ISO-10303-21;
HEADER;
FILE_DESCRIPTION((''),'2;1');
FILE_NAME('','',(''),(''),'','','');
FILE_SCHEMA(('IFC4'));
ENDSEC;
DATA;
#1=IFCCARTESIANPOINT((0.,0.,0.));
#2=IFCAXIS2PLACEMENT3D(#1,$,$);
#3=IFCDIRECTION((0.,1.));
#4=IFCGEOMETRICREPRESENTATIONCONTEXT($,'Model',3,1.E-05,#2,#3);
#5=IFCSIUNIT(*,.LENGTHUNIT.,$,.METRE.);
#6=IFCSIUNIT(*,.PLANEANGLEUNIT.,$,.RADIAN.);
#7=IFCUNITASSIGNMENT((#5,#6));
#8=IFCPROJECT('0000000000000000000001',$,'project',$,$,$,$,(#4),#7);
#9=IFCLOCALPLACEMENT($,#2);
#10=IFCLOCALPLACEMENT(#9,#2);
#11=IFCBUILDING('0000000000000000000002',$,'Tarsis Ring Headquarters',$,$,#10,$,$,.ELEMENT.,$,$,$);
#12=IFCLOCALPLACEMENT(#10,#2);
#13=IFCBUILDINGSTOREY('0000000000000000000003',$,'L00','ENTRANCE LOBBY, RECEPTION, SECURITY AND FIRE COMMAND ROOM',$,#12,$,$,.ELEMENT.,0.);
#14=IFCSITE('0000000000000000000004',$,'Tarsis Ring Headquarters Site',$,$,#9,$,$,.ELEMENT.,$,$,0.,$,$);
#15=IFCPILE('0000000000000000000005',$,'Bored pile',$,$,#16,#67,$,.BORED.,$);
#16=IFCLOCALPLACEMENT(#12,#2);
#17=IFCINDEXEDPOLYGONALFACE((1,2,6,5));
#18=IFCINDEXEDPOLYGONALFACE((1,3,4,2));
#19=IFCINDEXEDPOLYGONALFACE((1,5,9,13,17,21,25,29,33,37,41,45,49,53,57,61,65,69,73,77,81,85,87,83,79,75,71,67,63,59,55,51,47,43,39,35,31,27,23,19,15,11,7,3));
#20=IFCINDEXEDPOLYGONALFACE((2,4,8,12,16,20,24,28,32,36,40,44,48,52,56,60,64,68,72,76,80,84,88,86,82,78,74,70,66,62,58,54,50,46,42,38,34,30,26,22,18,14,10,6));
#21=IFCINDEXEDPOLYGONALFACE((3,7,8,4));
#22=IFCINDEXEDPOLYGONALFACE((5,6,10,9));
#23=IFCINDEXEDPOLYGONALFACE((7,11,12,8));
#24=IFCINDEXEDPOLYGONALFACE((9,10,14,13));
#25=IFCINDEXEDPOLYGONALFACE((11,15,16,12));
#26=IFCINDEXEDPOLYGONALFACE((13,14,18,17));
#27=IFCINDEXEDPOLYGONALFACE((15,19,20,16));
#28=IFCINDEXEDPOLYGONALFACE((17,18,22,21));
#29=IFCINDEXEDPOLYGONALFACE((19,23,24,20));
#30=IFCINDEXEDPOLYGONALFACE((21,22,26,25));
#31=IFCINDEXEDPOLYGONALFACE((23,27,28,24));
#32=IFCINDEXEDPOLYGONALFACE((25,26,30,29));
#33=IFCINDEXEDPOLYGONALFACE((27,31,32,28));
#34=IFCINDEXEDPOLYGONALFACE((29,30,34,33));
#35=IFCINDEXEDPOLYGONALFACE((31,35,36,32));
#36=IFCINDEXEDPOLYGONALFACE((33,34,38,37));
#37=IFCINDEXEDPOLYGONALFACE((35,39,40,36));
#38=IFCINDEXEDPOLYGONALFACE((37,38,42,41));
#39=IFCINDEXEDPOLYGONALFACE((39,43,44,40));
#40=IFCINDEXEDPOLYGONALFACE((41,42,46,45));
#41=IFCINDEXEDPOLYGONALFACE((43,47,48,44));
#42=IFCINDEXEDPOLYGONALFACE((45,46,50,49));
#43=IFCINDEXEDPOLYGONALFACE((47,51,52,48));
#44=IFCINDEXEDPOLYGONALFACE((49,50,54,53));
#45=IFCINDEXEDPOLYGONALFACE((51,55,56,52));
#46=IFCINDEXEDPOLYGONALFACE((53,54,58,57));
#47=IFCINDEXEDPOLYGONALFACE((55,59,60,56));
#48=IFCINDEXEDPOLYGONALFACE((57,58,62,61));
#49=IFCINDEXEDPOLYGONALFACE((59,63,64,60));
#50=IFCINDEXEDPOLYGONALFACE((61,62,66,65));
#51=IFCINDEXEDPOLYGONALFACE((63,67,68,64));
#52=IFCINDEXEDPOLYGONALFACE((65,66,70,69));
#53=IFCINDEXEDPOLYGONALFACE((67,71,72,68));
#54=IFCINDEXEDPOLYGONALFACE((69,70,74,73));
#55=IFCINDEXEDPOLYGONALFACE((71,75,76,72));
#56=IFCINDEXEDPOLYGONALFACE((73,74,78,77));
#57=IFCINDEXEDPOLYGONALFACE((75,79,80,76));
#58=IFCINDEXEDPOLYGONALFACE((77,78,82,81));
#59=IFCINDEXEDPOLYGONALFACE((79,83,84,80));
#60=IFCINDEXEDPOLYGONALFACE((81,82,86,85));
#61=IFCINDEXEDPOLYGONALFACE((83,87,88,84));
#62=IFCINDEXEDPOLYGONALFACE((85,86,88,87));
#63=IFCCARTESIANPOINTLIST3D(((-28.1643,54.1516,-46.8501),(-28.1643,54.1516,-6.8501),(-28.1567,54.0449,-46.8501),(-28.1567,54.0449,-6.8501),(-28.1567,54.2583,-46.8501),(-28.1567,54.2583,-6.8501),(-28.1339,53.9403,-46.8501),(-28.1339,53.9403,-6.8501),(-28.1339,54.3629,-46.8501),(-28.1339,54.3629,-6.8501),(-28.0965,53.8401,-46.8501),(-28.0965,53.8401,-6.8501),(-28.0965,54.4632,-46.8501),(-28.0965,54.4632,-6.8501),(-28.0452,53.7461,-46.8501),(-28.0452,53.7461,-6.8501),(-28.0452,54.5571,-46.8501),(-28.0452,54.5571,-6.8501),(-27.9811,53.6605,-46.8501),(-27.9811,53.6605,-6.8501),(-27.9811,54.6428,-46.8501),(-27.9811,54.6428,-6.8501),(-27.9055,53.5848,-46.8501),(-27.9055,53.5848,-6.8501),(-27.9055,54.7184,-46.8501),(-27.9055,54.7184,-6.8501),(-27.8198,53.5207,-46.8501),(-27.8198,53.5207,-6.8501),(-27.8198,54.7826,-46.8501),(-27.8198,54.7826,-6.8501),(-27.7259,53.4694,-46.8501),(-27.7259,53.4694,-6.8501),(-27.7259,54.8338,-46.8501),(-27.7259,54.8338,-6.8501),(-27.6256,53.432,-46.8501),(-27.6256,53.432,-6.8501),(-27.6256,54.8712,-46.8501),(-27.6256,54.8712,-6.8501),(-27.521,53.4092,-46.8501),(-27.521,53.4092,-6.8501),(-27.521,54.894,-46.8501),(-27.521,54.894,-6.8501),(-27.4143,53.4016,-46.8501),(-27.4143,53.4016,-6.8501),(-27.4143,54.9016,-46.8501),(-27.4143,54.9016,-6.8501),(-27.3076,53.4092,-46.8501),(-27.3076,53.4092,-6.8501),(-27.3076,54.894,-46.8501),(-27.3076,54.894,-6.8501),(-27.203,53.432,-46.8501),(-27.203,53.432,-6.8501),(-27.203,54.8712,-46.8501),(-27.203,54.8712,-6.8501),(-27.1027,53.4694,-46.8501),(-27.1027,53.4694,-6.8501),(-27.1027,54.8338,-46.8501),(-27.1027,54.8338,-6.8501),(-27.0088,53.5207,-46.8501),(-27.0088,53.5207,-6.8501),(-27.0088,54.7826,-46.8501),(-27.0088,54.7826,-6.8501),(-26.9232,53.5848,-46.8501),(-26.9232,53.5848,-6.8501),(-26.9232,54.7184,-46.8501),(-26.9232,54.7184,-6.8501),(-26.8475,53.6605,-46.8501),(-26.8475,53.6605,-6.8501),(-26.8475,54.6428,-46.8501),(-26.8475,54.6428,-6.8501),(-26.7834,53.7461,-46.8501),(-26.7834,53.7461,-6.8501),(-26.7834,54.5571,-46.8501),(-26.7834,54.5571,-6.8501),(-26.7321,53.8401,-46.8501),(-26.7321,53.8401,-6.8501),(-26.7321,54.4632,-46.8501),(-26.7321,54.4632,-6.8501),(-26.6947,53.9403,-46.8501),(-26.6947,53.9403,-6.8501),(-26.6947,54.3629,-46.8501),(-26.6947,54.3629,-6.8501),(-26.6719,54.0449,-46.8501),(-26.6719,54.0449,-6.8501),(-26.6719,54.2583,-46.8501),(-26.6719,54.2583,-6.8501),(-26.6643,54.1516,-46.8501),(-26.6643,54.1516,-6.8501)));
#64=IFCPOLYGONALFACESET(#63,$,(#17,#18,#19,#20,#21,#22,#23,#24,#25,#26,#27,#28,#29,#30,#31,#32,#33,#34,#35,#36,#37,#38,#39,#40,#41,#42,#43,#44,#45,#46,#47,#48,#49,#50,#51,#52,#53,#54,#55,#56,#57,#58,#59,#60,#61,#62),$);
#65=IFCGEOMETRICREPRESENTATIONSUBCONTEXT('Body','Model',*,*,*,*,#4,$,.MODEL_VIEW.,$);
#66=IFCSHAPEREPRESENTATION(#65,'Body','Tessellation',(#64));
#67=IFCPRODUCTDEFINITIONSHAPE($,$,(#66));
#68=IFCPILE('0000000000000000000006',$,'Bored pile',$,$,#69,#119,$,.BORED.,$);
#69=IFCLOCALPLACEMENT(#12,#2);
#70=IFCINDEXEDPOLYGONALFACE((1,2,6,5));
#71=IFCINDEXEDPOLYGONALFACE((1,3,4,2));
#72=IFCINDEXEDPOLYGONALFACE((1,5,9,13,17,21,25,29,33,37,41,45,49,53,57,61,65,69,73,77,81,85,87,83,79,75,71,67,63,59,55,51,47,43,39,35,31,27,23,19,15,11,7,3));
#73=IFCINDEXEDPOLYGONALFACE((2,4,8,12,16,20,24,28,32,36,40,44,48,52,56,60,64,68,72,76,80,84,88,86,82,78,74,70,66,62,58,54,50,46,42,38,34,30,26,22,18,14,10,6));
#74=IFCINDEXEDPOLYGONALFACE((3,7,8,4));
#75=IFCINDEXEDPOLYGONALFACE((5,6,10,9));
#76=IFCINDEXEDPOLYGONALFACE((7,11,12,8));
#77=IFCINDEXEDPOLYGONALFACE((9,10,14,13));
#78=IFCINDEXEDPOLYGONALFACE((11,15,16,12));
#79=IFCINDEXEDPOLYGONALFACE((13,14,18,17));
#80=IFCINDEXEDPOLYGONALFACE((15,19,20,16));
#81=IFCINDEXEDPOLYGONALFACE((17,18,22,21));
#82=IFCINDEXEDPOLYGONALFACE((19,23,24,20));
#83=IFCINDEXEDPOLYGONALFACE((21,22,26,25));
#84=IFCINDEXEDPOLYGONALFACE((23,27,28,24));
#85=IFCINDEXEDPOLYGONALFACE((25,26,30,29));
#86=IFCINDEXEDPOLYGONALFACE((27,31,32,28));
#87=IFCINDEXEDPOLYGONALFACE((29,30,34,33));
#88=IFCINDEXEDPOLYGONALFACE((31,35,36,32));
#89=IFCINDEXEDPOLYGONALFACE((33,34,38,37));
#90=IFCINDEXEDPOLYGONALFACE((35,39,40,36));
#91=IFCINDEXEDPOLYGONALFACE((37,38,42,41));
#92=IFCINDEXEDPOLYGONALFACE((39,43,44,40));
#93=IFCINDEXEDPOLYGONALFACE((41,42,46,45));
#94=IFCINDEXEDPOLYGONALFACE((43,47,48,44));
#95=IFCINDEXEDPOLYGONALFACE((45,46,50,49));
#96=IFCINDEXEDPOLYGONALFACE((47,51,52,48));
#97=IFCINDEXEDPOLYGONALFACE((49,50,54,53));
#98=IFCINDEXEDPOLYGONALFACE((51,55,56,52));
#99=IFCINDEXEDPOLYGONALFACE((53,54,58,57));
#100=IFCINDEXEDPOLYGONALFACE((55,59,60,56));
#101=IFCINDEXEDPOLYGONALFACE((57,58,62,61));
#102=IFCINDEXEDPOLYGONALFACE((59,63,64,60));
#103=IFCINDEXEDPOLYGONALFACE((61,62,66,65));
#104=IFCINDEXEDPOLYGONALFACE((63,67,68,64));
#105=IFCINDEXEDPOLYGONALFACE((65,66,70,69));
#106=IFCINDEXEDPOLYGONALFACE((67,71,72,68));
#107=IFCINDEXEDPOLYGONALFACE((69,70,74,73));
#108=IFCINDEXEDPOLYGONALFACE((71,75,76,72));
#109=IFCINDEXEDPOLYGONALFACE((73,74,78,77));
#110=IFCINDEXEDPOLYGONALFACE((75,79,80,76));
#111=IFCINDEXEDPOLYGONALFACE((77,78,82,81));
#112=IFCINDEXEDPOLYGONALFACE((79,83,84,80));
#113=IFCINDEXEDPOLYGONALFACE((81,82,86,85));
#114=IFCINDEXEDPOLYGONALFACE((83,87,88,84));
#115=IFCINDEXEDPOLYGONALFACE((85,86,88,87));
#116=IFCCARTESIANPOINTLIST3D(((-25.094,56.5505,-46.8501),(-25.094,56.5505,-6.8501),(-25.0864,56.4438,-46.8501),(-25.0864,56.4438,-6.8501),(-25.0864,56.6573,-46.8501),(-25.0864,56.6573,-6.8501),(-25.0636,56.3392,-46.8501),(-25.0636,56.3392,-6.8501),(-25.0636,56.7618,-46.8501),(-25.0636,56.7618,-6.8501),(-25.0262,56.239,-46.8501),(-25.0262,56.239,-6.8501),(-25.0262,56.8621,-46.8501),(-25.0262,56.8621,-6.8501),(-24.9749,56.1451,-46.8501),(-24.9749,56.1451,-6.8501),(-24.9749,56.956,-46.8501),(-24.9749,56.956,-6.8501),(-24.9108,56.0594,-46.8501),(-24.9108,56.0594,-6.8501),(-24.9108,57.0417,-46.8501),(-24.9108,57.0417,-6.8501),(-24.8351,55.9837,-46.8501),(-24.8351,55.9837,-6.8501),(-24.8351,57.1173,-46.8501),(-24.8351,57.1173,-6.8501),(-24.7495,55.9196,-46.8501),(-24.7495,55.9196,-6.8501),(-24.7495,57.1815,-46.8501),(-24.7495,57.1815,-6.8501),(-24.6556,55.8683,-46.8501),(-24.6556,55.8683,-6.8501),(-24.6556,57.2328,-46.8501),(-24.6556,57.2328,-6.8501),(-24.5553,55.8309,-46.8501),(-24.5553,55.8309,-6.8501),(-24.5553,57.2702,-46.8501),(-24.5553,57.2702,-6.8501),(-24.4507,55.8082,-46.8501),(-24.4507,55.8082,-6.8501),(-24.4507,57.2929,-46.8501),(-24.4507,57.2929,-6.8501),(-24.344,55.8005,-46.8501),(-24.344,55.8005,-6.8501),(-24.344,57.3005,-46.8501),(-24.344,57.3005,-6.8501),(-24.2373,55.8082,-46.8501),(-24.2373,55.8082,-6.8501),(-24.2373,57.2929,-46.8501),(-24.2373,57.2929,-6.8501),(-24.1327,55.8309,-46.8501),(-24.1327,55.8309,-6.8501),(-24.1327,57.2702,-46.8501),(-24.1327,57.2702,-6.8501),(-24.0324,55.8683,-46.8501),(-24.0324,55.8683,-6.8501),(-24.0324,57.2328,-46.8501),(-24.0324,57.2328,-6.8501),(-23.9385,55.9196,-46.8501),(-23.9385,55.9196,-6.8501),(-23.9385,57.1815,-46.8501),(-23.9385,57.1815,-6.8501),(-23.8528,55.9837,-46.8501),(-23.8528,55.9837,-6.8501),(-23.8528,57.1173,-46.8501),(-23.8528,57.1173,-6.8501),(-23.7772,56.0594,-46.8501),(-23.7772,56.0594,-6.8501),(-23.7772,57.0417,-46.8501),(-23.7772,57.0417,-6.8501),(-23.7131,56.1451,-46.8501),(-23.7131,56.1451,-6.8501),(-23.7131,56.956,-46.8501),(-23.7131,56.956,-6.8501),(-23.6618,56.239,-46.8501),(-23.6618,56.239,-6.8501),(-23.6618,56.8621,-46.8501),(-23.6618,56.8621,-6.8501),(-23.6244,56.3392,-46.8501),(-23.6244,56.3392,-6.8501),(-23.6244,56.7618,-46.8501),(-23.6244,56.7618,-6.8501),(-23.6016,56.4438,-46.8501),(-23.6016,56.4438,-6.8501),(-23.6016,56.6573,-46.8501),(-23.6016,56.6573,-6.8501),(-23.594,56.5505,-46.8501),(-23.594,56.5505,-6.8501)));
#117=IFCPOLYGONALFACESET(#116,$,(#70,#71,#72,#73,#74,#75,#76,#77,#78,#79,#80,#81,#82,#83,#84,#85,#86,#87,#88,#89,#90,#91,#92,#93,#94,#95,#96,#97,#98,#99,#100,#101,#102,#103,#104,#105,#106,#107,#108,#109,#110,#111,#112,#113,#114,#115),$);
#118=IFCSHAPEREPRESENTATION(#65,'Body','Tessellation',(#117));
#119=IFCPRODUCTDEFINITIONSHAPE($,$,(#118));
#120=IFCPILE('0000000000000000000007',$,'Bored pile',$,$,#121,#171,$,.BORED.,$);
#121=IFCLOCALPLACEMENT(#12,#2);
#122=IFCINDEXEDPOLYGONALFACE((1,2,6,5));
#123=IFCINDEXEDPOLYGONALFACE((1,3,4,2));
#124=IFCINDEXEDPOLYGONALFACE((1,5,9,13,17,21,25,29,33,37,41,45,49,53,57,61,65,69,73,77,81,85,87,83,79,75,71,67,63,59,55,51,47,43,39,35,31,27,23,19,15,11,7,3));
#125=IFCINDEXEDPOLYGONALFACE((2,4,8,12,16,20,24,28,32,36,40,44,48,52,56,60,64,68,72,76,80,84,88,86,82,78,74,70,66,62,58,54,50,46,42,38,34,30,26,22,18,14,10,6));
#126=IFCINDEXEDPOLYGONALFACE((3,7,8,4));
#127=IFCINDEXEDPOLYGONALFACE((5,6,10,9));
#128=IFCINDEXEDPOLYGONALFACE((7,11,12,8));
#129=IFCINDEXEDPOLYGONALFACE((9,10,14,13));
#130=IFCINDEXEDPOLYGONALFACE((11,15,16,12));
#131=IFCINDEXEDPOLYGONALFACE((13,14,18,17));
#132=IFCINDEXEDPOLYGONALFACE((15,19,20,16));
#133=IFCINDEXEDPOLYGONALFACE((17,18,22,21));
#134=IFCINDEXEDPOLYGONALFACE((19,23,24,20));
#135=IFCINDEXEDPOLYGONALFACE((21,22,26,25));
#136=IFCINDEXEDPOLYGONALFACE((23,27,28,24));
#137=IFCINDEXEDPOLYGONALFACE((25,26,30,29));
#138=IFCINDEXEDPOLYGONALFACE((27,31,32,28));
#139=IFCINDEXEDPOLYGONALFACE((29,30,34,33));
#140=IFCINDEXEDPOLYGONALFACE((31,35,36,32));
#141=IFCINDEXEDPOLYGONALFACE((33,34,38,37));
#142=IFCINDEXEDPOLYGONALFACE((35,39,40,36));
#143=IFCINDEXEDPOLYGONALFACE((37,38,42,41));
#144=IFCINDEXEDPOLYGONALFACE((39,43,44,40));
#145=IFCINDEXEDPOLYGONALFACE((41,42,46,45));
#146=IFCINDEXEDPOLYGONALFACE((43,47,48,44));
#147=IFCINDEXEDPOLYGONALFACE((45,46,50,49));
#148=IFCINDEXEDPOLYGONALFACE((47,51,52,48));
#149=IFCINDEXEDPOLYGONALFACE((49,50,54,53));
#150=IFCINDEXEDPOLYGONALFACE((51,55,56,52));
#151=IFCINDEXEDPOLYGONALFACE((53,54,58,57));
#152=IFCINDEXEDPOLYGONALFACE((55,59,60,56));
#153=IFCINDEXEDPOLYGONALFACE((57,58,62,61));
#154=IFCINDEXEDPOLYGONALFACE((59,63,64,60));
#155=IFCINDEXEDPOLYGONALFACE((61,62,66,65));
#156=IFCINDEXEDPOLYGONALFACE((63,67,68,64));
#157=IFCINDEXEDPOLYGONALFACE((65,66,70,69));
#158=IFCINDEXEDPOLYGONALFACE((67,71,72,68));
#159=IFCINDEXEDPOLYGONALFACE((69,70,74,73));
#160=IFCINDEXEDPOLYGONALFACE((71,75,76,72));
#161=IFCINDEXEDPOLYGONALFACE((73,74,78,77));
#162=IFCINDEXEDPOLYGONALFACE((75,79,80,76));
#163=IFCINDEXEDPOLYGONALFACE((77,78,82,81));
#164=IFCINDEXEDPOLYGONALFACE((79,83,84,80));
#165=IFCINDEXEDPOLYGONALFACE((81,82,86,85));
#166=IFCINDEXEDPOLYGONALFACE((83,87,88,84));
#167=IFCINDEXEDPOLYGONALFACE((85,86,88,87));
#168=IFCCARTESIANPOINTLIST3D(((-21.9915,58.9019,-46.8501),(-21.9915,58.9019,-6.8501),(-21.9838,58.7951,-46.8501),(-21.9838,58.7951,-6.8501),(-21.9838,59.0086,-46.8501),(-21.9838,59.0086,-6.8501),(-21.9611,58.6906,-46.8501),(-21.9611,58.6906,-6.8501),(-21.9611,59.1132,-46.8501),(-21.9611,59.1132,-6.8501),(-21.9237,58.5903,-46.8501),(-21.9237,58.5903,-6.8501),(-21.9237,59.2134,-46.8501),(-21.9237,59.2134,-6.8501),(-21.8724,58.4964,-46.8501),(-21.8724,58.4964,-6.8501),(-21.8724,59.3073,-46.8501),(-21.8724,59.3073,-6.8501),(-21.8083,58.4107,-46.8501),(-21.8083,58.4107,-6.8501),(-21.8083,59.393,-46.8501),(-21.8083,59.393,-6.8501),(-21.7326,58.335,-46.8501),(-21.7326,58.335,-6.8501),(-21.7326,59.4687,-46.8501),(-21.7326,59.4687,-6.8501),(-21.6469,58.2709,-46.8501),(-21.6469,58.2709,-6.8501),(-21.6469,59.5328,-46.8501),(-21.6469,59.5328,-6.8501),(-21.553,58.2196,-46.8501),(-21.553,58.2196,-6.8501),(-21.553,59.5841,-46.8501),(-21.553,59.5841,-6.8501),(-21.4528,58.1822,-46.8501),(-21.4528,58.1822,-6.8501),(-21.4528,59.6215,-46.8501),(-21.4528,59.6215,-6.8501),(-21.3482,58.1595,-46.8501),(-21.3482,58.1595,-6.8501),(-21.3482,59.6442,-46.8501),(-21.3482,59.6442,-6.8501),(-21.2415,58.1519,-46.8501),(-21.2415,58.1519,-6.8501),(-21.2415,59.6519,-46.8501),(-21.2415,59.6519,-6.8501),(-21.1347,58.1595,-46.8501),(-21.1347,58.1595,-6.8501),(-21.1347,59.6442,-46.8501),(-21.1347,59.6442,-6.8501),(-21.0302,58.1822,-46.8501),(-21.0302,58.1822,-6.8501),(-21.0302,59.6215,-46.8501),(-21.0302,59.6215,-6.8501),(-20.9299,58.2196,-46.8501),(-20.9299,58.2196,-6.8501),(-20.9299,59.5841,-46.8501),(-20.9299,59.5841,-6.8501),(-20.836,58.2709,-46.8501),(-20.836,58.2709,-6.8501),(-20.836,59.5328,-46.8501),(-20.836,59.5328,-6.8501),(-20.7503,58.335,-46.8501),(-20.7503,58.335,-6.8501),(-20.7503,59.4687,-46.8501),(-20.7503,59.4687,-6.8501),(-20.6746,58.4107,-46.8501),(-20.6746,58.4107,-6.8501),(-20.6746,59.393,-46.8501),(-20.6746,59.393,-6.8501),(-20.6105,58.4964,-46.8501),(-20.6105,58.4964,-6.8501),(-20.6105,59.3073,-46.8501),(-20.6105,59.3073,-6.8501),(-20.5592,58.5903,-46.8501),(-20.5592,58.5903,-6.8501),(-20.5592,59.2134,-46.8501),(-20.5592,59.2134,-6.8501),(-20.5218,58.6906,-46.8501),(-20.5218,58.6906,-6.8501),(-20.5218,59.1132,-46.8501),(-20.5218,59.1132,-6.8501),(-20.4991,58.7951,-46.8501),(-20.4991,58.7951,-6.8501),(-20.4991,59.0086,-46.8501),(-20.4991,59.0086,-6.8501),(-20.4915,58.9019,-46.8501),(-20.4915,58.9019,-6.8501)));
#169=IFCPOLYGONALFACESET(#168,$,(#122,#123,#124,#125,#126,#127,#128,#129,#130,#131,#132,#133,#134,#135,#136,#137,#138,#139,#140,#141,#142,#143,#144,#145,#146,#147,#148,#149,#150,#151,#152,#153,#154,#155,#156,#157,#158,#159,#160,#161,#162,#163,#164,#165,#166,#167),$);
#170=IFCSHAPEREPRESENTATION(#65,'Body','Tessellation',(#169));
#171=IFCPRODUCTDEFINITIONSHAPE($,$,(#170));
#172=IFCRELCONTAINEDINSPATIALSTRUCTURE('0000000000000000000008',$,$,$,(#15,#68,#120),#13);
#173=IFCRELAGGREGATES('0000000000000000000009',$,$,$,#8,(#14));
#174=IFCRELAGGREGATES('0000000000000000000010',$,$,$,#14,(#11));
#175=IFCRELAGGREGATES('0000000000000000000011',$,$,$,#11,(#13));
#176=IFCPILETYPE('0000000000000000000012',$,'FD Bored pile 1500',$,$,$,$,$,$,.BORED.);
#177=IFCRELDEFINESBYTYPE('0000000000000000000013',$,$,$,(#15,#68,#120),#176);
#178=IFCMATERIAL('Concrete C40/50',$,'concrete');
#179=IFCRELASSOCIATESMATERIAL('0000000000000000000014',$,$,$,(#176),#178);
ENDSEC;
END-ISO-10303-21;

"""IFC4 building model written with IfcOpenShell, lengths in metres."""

from ifc_helpers import new_model, si_unit, direction, frame, origin, origin_2d, place, context, subcontext, project, spatial, circle, extrude, material, material_profile, profile_set, type_object, element, save


model = new_model("IFC4")

# Units and contexts
model_context = context("Model", 3, precision=1e-05, world=origin(), true_north=direction((0.0, 1.0)))
body_context = subcontext(model_context, "Body", "Model", "MODEL_VIEW")
ifc_project = project(units=[si_unit("LENGTHUNIT", "METRE"), si_unit("PLANEANGLEUNIT", "RADIAN")], contexts=[model_context])

# Site, building, storey
site_placement = place(None, origin())
site = spatial("IfcSite", under=ifc_project, at=site_placement, Name="Tarsis Ring Headquarters Site", CompositionType="ELEMENT", RefElevation=0.0)
building_placement = place(site_placement, origin())
building = spatial("IfcBuilding", under=site, at=building_placement, Name="Tarsis Ring Headquarters", CompositionType="ELEMENT")
storey_placement = place(building_placement, origin())
storey = spatial("IfcBuildingStorey", under=building, at=storey_placement, Name="L00", Description="ENTRANCE LOBBY, RECEPTION, SECURITY AND FIRE COMMAND ROOM", CompositionType="ELEMENT", Elevation=0.0)

# Piles
ifc_material_1 = material(Name="Concrete C40/50", Category="concrete")
ifc_material_profile_1 = material_profile(ifc_material_1, circle(Radius=0.75, at=origin_2d()), Name="BORED 1500")
ifc_profile_set_1 = profile_set([ifc_material_profile_1], Name="Concrete C40/50")
pile_type_1 = type_object("IfcPileType", Name="FD Bored pile 1500", PredefinedType="BORED", material=ifc_profile_set_1)
for number, where, z_axis, x_axis, name in (
    (1, (-27.4143, 54.1516, -6.8501), (0.0, 0.0, -1.0), (1.0, 0.0, 0.0), "Bored pile"),
    (2, (-24.344, 56.5505, -6.8501), (0.0, 0.0, -1.0), (1.0, 0.0, 0.0), "Bored pile"),
    (3, (-21.2415, 58.9019, -6.8501), (0.0, 0.0, -1.0), (1.0, 0.0, 0.0), "Bored pile"),
):
    element("IfcPile", number, at=place(storey_placement, frame(where, z_axis=z_axis, x_axis=x_axis)), inside=storey, type_object=pile_type_1, Name=name, PredefinedType="BORED", context=body_context, shape_type="SweptSolid", body=[
        extrude(circle(Radius=0.75, at=origin_2d()), origin(), (0.0, 0.0, 1.0), 40.0),
    ])

save(model, "model.ifc")
